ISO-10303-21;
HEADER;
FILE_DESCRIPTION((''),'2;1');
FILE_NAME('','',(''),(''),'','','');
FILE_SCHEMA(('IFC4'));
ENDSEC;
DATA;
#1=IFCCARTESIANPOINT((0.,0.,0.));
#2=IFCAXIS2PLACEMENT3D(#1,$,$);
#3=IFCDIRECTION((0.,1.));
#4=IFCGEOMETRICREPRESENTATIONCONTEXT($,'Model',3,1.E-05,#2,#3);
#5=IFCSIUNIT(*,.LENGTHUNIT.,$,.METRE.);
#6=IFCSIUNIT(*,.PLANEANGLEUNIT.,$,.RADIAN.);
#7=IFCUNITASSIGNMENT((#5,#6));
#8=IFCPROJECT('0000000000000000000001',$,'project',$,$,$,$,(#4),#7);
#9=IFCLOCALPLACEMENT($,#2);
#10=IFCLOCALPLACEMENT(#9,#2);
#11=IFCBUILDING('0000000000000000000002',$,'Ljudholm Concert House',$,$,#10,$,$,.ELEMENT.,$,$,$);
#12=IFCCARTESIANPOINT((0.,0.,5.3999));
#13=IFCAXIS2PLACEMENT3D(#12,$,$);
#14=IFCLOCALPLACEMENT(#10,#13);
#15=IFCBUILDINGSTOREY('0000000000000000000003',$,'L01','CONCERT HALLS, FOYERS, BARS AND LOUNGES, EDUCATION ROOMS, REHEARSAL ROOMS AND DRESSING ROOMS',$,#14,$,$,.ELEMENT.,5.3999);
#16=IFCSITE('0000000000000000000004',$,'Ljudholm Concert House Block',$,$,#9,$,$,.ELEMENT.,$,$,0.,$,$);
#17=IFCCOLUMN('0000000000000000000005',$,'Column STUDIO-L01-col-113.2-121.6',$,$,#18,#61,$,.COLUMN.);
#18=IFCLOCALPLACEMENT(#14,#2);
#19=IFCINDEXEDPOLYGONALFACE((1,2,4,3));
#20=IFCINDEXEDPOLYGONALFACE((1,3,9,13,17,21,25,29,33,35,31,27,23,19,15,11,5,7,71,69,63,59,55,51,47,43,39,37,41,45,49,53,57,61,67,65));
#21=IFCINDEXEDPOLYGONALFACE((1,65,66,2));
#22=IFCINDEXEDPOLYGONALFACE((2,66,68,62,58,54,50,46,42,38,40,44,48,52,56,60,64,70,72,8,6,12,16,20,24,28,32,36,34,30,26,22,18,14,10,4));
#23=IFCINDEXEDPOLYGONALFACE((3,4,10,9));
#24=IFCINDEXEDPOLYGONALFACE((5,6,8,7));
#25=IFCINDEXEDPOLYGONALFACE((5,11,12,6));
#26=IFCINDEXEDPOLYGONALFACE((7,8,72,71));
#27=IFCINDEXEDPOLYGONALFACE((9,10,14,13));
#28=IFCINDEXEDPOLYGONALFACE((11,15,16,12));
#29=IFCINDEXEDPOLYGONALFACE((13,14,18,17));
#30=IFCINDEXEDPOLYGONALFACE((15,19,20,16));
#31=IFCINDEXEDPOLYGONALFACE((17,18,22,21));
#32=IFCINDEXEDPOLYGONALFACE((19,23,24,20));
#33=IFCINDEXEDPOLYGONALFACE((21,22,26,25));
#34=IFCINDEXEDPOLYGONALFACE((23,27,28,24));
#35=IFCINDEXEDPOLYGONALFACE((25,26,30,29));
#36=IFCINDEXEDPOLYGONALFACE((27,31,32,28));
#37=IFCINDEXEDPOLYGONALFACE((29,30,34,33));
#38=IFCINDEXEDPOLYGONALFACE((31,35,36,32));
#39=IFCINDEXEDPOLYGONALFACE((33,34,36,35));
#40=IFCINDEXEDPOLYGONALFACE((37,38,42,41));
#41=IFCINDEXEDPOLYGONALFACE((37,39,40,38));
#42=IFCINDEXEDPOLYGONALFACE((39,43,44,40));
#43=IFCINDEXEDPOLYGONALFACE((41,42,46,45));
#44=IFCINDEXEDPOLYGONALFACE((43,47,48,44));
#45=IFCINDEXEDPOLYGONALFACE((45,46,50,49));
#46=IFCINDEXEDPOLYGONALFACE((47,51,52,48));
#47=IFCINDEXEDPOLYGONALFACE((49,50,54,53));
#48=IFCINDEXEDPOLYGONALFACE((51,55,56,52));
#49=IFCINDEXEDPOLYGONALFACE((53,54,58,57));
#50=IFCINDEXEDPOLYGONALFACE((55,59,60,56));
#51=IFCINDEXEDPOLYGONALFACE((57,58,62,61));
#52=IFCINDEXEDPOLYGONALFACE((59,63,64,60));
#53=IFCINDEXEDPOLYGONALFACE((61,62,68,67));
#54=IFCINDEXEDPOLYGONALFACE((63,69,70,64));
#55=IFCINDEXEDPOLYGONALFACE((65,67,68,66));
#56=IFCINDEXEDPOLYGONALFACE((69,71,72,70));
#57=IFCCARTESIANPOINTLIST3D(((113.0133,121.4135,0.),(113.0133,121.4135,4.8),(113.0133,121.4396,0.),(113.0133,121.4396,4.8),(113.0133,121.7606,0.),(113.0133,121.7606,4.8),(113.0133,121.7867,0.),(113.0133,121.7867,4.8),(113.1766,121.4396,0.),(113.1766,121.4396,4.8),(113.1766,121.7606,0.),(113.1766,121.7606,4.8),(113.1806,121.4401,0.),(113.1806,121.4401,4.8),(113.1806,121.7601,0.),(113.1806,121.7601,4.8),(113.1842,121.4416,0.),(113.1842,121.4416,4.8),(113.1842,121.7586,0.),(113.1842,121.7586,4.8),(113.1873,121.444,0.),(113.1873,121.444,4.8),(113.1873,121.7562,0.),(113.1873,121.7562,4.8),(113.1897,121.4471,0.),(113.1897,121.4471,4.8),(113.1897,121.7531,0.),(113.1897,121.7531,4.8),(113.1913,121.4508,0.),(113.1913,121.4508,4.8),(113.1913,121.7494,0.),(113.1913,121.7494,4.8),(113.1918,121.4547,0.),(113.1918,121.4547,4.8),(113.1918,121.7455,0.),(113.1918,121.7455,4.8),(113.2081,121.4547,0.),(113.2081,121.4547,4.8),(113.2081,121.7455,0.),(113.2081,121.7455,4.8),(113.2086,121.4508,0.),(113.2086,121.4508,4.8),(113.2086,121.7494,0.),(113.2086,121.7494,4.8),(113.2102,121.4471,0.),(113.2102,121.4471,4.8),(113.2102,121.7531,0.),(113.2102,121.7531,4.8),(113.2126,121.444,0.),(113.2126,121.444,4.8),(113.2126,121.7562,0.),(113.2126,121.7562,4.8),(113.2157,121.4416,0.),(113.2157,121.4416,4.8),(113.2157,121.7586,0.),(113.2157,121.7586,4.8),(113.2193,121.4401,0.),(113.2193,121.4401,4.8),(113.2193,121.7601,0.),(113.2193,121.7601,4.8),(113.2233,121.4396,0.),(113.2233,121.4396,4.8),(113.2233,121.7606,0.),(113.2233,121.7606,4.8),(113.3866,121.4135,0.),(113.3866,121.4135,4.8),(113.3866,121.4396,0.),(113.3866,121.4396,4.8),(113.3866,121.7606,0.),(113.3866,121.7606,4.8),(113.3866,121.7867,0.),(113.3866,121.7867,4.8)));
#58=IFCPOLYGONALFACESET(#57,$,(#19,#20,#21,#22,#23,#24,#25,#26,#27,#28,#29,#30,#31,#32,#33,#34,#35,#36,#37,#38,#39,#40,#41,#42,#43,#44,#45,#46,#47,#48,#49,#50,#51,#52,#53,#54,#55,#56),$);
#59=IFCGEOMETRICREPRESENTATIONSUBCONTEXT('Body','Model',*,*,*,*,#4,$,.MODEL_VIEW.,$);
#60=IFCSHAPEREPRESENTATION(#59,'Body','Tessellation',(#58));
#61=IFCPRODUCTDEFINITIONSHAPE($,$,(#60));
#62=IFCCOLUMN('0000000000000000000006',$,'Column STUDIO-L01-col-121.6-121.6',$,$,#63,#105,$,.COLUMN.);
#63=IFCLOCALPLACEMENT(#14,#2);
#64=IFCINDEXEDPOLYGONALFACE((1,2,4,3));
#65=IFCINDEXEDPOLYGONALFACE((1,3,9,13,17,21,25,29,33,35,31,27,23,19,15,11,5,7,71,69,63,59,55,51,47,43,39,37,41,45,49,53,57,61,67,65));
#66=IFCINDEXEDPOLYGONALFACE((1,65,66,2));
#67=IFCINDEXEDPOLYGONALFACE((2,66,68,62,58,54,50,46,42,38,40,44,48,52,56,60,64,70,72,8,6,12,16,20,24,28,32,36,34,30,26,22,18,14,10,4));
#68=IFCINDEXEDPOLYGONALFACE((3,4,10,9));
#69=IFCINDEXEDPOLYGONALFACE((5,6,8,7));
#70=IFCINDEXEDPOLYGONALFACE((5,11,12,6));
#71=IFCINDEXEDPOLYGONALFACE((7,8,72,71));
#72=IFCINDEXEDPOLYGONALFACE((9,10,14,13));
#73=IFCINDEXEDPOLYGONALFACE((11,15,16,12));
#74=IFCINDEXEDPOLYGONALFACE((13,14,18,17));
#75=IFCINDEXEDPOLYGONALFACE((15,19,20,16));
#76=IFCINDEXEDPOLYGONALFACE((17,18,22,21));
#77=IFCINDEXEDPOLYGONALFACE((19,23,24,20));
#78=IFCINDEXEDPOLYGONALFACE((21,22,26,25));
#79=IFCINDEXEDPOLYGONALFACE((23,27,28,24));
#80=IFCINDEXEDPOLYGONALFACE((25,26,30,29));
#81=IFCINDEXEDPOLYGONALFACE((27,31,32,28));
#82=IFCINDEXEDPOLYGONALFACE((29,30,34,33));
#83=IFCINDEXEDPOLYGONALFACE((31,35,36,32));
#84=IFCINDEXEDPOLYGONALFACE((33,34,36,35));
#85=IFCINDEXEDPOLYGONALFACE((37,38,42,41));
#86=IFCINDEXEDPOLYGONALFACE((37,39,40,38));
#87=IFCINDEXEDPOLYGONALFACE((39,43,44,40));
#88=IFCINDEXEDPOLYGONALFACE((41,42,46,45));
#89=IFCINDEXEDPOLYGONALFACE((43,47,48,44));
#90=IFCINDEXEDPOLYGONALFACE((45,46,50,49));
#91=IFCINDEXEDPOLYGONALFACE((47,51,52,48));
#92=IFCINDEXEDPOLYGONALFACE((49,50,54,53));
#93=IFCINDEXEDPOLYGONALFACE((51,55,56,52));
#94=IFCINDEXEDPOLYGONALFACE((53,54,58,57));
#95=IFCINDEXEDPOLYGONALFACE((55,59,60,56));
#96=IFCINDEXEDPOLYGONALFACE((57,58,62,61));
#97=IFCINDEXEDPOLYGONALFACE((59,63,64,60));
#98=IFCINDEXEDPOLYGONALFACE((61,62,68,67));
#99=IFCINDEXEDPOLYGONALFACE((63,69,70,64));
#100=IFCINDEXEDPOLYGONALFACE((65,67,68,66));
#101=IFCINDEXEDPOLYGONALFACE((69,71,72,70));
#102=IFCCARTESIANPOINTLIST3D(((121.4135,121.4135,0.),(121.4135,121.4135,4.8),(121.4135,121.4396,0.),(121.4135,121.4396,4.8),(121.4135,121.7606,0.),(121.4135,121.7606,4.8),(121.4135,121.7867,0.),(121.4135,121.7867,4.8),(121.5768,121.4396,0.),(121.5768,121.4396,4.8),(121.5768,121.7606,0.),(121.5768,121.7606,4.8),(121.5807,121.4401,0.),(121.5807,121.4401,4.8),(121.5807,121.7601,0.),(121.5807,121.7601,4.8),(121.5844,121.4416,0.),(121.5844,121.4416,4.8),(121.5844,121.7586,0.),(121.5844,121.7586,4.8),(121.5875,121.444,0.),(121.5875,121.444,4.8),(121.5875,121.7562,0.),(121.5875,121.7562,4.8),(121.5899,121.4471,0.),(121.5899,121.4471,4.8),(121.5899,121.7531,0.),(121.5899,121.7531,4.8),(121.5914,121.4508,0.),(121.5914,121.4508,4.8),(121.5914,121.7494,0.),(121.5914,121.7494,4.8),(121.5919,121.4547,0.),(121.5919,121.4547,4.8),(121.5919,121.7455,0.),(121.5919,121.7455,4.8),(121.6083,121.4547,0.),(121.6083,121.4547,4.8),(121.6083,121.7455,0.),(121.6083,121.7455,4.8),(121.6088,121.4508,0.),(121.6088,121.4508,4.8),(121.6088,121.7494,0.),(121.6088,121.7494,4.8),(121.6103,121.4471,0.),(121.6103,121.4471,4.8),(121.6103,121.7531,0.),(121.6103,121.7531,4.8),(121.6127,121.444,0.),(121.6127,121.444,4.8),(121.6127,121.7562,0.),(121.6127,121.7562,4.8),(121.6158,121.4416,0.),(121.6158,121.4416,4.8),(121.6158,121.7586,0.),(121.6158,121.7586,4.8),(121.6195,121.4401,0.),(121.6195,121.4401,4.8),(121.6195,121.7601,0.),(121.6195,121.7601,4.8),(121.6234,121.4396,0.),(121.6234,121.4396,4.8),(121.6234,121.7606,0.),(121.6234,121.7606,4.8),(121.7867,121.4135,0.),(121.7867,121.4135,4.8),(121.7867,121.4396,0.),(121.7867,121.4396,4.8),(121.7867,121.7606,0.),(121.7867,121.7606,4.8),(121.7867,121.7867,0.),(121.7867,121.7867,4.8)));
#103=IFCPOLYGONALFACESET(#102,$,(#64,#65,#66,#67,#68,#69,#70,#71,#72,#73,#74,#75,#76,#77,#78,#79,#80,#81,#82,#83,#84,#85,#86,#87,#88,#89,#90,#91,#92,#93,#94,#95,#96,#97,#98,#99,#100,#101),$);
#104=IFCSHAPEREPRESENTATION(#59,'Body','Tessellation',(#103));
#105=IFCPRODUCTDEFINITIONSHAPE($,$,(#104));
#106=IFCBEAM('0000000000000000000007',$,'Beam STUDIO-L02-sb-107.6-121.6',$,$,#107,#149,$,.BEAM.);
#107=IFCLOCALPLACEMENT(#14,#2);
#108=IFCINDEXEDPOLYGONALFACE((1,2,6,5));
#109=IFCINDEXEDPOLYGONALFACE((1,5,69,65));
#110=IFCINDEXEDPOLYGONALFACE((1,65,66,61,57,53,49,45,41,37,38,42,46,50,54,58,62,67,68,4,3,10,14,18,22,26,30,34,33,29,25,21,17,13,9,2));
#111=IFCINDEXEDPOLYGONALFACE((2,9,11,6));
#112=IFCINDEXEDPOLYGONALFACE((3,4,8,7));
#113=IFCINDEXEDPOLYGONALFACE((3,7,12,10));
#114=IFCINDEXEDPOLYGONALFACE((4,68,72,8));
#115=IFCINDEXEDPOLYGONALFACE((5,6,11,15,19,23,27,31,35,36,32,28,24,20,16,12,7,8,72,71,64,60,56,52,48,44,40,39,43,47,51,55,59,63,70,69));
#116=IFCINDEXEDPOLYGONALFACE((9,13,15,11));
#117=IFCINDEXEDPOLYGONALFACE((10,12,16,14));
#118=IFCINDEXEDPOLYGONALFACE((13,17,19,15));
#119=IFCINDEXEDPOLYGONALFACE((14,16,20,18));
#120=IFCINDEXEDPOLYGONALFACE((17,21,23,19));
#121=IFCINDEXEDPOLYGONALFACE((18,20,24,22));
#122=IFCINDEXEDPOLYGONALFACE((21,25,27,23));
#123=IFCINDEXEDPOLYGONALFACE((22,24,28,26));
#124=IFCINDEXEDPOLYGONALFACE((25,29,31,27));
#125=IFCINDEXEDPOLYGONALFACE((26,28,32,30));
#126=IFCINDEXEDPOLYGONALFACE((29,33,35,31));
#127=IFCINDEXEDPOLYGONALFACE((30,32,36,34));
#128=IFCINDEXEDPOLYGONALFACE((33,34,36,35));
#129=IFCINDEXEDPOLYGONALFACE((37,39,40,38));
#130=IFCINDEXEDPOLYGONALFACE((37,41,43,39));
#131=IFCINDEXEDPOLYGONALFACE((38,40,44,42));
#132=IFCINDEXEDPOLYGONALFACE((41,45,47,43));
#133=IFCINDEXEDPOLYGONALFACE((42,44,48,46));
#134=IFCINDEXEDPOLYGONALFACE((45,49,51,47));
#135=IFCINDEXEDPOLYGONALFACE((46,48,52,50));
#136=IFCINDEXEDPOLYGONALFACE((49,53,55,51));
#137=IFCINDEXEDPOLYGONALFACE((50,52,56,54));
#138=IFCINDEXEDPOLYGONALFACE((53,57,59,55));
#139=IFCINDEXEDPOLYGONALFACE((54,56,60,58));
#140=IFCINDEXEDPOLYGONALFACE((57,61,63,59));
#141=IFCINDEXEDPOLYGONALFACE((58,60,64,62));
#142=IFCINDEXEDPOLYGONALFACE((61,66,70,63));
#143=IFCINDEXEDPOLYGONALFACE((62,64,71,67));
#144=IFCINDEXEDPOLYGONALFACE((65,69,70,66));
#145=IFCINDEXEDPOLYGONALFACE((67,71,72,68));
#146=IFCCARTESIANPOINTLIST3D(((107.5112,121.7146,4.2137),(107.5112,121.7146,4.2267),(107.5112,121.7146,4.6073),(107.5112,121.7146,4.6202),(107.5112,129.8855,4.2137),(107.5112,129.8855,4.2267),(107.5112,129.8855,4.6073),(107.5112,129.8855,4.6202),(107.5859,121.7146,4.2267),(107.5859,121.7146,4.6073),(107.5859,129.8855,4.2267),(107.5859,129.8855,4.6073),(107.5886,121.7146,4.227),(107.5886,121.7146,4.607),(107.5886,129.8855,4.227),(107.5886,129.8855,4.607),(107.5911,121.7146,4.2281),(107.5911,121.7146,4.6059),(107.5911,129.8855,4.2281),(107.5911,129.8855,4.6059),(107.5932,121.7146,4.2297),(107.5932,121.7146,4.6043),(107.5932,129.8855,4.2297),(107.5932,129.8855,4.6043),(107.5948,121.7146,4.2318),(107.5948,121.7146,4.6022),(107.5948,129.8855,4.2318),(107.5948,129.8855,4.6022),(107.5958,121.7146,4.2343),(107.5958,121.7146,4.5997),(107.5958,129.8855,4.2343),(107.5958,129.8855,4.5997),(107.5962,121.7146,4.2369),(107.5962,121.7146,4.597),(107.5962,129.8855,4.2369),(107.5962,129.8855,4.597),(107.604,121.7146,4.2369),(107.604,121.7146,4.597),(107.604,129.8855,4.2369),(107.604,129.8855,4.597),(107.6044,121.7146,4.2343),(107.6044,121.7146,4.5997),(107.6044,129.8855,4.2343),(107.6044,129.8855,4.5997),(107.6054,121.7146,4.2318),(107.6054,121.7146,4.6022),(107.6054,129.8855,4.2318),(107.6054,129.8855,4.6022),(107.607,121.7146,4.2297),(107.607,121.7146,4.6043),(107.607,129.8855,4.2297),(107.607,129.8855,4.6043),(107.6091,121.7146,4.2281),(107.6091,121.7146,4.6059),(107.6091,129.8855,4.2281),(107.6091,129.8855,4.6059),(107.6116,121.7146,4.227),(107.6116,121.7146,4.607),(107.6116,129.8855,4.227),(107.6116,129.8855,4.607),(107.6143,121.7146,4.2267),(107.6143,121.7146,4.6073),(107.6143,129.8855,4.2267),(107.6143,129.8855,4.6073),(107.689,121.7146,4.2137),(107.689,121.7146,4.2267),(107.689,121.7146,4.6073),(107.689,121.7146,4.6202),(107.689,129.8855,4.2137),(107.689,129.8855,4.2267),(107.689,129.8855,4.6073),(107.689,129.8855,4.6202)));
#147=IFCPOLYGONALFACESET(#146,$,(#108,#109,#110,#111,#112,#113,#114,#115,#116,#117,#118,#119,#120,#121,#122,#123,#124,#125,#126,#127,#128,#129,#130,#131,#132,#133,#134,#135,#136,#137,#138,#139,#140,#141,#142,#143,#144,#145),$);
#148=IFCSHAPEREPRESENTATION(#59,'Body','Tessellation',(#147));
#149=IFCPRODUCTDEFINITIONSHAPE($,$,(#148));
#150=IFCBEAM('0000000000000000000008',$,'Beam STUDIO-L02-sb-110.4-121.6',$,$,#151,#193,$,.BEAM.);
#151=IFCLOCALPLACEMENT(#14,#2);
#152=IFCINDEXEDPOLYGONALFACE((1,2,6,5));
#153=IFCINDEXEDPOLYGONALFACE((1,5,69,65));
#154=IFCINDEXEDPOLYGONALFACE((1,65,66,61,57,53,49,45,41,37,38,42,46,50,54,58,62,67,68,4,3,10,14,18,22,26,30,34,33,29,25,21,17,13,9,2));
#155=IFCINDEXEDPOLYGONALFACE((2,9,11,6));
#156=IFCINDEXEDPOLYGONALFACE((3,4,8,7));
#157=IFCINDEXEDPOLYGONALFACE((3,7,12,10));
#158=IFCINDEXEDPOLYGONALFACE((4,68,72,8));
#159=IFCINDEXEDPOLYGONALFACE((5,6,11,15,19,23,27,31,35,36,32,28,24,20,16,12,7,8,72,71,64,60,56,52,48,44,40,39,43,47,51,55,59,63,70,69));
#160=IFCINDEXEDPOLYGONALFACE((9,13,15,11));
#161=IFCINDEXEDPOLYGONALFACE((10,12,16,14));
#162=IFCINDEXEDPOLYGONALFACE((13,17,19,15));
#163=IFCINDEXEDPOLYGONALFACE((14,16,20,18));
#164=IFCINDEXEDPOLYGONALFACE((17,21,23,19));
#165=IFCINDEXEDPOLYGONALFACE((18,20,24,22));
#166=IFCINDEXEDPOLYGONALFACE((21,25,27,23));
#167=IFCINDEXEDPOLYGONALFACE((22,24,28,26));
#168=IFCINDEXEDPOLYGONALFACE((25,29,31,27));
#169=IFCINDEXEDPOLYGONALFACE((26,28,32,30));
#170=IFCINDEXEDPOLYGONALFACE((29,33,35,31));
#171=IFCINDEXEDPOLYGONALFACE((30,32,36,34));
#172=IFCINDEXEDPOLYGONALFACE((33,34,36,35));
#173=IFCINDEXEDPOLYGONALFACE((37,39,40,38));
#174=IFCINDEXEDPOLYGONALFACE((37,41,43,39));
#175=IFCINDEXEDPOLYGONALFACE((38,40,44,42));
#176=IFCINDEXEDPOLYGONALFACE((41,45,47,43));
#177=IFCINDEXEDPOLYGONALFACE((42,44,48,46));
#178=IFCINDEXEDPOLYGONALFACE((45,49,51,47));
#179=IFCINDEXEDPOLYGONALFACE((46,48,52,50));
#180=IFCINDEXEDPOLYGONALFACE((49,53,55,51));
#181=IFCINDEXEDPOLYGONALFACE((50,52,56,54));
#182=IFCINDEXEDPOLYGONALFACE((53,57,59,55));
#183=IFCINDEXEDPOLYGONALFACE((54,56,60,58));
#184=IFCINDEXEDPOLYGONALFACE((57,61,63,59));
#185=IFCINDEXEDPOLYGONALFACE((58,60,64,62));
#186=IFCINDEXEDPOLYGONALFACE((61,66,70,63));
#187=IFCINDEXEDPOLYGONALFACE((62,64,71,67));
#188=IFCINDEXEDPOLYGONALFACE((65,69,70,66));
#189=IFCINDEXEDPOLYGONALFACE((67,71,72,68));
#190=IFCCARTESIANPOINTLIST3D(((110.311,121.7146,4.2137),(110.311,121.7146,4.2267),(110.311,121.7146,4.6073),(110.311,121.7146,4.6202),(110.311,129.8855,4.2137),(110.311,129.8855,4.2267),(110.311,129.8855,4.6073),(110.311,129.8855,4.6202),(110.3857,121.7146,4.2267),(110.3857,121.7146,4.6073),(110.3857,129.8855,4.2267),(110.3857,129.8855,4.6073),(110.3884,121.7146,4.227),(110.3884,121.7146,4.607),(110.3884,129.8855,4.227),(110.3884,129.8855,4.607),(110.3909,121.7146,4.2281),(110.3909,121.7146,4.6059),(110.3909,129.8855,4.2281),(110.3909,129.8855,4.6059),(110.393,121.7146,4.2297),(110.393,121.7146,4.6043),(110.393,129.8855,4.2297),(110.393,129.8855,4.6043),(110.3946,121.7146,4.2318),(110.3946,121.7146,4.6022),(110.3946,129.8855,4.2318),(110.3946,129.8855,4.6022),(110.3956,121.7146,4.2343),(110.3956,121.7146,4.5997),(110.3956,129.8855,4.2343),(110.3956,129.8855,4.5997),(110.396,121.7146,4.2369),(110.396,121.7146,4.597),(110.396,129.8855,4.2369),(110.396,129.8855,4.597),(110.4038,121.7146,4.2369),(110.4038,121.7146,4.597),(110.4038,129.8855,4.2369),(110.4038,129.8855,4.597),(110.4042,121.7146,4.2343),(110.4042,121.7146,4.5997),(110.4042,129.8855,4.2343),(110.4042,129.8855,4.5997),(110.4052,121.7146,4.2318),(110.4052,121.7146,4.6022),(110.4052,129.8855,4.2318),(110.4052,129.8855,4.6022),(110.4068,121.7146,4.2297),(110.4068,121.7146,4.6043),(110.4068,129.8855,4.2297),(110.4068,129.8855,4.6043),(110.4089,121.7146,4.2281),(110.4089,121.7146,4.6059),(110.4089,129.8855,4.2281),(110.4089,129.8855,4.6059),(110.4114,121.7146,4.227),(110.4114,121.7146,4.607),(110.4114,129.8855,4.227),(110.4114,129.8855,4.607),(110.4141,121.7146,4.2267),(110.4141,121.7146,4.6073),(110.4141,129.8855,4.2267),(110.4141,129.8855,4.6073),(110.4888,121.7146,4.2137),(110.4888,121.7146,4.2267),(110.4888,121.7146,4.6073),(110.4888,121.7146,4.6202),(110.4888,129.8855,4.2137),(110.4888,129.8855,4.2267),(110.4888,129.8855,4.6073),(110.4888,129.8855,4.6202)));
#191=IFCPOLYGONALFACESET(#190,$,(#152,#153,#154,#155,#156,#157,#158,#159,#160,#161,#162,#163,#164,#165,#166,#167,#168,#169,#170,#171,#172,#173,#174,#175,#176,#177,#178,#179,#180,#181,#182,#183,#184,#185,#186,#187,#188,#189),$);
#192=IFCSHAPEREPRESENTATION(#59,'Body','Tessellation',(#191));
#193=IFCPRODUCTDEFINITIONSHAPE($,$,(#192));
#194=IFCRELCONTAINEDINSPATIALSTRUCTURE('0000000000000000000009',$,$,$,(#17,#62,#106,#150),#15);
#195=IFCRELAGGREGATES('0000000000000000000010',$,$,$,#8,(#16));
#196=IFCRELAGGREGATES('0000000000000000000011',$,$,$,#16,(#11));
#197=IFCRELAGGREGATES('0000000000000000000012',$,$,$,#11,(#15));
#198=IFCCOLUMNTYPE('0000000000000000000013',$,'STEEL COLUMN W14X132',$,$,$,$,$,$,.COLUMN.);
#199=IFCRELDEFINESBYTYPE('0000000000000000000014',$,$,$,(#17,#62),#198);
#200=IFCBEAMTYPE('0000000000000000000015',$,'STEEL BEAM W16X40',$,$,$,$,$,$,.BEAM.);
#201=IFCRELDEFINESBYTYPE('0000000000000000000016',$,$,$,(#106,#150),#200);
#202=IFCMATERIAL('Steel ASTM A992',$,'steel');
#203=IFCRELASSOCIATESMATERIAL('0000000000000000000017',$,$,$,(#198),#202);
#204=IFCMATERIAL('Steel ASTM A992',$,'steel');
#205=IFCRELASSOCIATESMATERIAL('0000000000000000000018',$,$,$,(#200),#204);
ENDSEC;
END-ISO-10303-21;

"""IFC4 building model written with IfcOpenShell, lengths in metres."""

from ifc_helpers import new_model, si_unit, direction, frame, origin, origin_2d, place, context, subcontext, project, spatial, i_section, extrude, material, material_profile, profile_set, type_object, element, save


model = new_model("IFC4")

# Units and contexts
model_context = context("Model", 3, precision=1e-05, world=origin(), true_north=direction((0.0, 1.0)))
body_context = subcontext(model_context, "Body", "Model", "MODEL_VIEW")
ifc_project = project(units=[si_unit("LENGTHUNIT", "METRE"), si_unit("PLANEANGLEUNIT", "RADIAN")], contexts=[model_context])

# Site, building, storey
site_placement = place(None, origin())
site = spatial("IfcSite", under=ifc_project, at=site_placement, Name="Ljudholm Concert House Block", CompositionType="ELEMENT", RefElevation=0.0)
building_placement = place(site_placement, origin())
building = spatial("IfcBuilding", under=site, at=building_placement, Name="Ljudholm Concert House", CompositionType="ELEMENT")
storey_placement = place(building_placement, frame((0.0, 0.0, 5.3999)))
storey = spatial("IfcBuildingStorey", under=building, at=storey_placement, Name="L01", Description="CONCERT HALLS, FOYERS, BARS AND LOUNGES, EDUCATION ROOMS, REHEARSAL ROOMS AND DRESSING ROOMS", CompositionType="ELEMENT", Elevation=5.3999)

# Columns
ifc_material_1 = material(Name="Steel ASTM A992", Category="steel")
ifc_material_profile_1 = material_profile(ifc_material_1, i_section(OverallWidth=0.3733, OverallDepth=0.3733, WebThickness=0.0164, FlangeThickness=0.0261, FilletRadius=0.0151, at=origin_2d()), Name="W14X132")
ifc_profile_set_1 = profile_set([ifc_material_profile_1], Name="Steel ASTM A992")
column_type = type_object("IfcColumnType", Name="STEEL COLUMN W14X132", PredefinedType="COLUMN", material=ifc_profile_set_1)
for number, where, z_axis, x_axis, name in (
    (1, (113.2, 121.6001, 0.0), (0.0, 0.0, 1.0), (1.0, 0.0, 0.0), "Column STUDIO-L01-col-113.2-121.6"),
    (2, (121.6001, 121.6001, 0.0), (0.0, 0.0, 1.0), (1.0, 0.0, 0.0), "Column STUDIO-L01-col-121.6-121.6"),
):
    element("IfcColumn", number, at=place(storey_placement, frame(where, z_axis=z_axis, x_axis=x_axis)), inside=storey, type_object=column_type, Name=name, PredefinedType="COLUMN", context=body_context, shape_type="SweptSolid", body=[
        extrude(i_section(OverallWidth=0.3733, OverallDepth=0.3733, WebThickness=0.0164, FlangeThickness=0.0261, FilletRadius=0.0151, at=origin_2d()), origin(), (0.0, 0.0, 1.0), 4.8),
    ])

# Beams
ifc_material_2 = material(Name="Steel ASTM A992", Category="steel")
ifc_material_profile_2 = material_profile(ifc_material_2, i_section(OverallWidth=0.1777, OverallDepth=0.4065, WebThickness=0.0078, FlangeThickness=0.0129, FilletRadius=0.0103, at=origin_2d()), Name="W16X40")
ifc_profile_set_2 = profile_set([ifc_material_profile_2], Name="Steel ASTM A992")
beam_type_1 = type_object("IfcBeamType", Name="STEEL BEAM W16X40", PredefinedType="BEAM", material=ifc_profile_set_2)
for number, where, z_axis, x_axis, name in (
    (3, (107.6001, 121.7146, 4.417), (0.0, 1.0, 0.0), (-1.0, 0.0, 0.0), "Beam STUDIO-L02-sb-107.6-121.6"),
    (4, (110.3999, 121.7146, 4.417), (0.0, 1.0, 0.0), (-1.0, 0.0, 0.0), "Beam STUDIO-L02-sb-110.4-121.6"),
):
    element("IfcBeam", number, at=place(storey_placement, frame(where, z_axis=z_axis, x_axis=x_axis)), inside=storey, type_object=beam_type_1, Name=name, PredefinedType="BEAM", context=body_context, shape_type="SweptSolid", body=[
        extrude(i_section(OverallWidth=0.1777, OverallDepth=0.4065, WebThickness=0.0078, FlangeThickness=0.0129, FilletRadius=0.0103, at=origin_2d()), origin(), (0.0, 0.0, 1.0), 8.1709),
    ])

save(model, "model.ifc")
